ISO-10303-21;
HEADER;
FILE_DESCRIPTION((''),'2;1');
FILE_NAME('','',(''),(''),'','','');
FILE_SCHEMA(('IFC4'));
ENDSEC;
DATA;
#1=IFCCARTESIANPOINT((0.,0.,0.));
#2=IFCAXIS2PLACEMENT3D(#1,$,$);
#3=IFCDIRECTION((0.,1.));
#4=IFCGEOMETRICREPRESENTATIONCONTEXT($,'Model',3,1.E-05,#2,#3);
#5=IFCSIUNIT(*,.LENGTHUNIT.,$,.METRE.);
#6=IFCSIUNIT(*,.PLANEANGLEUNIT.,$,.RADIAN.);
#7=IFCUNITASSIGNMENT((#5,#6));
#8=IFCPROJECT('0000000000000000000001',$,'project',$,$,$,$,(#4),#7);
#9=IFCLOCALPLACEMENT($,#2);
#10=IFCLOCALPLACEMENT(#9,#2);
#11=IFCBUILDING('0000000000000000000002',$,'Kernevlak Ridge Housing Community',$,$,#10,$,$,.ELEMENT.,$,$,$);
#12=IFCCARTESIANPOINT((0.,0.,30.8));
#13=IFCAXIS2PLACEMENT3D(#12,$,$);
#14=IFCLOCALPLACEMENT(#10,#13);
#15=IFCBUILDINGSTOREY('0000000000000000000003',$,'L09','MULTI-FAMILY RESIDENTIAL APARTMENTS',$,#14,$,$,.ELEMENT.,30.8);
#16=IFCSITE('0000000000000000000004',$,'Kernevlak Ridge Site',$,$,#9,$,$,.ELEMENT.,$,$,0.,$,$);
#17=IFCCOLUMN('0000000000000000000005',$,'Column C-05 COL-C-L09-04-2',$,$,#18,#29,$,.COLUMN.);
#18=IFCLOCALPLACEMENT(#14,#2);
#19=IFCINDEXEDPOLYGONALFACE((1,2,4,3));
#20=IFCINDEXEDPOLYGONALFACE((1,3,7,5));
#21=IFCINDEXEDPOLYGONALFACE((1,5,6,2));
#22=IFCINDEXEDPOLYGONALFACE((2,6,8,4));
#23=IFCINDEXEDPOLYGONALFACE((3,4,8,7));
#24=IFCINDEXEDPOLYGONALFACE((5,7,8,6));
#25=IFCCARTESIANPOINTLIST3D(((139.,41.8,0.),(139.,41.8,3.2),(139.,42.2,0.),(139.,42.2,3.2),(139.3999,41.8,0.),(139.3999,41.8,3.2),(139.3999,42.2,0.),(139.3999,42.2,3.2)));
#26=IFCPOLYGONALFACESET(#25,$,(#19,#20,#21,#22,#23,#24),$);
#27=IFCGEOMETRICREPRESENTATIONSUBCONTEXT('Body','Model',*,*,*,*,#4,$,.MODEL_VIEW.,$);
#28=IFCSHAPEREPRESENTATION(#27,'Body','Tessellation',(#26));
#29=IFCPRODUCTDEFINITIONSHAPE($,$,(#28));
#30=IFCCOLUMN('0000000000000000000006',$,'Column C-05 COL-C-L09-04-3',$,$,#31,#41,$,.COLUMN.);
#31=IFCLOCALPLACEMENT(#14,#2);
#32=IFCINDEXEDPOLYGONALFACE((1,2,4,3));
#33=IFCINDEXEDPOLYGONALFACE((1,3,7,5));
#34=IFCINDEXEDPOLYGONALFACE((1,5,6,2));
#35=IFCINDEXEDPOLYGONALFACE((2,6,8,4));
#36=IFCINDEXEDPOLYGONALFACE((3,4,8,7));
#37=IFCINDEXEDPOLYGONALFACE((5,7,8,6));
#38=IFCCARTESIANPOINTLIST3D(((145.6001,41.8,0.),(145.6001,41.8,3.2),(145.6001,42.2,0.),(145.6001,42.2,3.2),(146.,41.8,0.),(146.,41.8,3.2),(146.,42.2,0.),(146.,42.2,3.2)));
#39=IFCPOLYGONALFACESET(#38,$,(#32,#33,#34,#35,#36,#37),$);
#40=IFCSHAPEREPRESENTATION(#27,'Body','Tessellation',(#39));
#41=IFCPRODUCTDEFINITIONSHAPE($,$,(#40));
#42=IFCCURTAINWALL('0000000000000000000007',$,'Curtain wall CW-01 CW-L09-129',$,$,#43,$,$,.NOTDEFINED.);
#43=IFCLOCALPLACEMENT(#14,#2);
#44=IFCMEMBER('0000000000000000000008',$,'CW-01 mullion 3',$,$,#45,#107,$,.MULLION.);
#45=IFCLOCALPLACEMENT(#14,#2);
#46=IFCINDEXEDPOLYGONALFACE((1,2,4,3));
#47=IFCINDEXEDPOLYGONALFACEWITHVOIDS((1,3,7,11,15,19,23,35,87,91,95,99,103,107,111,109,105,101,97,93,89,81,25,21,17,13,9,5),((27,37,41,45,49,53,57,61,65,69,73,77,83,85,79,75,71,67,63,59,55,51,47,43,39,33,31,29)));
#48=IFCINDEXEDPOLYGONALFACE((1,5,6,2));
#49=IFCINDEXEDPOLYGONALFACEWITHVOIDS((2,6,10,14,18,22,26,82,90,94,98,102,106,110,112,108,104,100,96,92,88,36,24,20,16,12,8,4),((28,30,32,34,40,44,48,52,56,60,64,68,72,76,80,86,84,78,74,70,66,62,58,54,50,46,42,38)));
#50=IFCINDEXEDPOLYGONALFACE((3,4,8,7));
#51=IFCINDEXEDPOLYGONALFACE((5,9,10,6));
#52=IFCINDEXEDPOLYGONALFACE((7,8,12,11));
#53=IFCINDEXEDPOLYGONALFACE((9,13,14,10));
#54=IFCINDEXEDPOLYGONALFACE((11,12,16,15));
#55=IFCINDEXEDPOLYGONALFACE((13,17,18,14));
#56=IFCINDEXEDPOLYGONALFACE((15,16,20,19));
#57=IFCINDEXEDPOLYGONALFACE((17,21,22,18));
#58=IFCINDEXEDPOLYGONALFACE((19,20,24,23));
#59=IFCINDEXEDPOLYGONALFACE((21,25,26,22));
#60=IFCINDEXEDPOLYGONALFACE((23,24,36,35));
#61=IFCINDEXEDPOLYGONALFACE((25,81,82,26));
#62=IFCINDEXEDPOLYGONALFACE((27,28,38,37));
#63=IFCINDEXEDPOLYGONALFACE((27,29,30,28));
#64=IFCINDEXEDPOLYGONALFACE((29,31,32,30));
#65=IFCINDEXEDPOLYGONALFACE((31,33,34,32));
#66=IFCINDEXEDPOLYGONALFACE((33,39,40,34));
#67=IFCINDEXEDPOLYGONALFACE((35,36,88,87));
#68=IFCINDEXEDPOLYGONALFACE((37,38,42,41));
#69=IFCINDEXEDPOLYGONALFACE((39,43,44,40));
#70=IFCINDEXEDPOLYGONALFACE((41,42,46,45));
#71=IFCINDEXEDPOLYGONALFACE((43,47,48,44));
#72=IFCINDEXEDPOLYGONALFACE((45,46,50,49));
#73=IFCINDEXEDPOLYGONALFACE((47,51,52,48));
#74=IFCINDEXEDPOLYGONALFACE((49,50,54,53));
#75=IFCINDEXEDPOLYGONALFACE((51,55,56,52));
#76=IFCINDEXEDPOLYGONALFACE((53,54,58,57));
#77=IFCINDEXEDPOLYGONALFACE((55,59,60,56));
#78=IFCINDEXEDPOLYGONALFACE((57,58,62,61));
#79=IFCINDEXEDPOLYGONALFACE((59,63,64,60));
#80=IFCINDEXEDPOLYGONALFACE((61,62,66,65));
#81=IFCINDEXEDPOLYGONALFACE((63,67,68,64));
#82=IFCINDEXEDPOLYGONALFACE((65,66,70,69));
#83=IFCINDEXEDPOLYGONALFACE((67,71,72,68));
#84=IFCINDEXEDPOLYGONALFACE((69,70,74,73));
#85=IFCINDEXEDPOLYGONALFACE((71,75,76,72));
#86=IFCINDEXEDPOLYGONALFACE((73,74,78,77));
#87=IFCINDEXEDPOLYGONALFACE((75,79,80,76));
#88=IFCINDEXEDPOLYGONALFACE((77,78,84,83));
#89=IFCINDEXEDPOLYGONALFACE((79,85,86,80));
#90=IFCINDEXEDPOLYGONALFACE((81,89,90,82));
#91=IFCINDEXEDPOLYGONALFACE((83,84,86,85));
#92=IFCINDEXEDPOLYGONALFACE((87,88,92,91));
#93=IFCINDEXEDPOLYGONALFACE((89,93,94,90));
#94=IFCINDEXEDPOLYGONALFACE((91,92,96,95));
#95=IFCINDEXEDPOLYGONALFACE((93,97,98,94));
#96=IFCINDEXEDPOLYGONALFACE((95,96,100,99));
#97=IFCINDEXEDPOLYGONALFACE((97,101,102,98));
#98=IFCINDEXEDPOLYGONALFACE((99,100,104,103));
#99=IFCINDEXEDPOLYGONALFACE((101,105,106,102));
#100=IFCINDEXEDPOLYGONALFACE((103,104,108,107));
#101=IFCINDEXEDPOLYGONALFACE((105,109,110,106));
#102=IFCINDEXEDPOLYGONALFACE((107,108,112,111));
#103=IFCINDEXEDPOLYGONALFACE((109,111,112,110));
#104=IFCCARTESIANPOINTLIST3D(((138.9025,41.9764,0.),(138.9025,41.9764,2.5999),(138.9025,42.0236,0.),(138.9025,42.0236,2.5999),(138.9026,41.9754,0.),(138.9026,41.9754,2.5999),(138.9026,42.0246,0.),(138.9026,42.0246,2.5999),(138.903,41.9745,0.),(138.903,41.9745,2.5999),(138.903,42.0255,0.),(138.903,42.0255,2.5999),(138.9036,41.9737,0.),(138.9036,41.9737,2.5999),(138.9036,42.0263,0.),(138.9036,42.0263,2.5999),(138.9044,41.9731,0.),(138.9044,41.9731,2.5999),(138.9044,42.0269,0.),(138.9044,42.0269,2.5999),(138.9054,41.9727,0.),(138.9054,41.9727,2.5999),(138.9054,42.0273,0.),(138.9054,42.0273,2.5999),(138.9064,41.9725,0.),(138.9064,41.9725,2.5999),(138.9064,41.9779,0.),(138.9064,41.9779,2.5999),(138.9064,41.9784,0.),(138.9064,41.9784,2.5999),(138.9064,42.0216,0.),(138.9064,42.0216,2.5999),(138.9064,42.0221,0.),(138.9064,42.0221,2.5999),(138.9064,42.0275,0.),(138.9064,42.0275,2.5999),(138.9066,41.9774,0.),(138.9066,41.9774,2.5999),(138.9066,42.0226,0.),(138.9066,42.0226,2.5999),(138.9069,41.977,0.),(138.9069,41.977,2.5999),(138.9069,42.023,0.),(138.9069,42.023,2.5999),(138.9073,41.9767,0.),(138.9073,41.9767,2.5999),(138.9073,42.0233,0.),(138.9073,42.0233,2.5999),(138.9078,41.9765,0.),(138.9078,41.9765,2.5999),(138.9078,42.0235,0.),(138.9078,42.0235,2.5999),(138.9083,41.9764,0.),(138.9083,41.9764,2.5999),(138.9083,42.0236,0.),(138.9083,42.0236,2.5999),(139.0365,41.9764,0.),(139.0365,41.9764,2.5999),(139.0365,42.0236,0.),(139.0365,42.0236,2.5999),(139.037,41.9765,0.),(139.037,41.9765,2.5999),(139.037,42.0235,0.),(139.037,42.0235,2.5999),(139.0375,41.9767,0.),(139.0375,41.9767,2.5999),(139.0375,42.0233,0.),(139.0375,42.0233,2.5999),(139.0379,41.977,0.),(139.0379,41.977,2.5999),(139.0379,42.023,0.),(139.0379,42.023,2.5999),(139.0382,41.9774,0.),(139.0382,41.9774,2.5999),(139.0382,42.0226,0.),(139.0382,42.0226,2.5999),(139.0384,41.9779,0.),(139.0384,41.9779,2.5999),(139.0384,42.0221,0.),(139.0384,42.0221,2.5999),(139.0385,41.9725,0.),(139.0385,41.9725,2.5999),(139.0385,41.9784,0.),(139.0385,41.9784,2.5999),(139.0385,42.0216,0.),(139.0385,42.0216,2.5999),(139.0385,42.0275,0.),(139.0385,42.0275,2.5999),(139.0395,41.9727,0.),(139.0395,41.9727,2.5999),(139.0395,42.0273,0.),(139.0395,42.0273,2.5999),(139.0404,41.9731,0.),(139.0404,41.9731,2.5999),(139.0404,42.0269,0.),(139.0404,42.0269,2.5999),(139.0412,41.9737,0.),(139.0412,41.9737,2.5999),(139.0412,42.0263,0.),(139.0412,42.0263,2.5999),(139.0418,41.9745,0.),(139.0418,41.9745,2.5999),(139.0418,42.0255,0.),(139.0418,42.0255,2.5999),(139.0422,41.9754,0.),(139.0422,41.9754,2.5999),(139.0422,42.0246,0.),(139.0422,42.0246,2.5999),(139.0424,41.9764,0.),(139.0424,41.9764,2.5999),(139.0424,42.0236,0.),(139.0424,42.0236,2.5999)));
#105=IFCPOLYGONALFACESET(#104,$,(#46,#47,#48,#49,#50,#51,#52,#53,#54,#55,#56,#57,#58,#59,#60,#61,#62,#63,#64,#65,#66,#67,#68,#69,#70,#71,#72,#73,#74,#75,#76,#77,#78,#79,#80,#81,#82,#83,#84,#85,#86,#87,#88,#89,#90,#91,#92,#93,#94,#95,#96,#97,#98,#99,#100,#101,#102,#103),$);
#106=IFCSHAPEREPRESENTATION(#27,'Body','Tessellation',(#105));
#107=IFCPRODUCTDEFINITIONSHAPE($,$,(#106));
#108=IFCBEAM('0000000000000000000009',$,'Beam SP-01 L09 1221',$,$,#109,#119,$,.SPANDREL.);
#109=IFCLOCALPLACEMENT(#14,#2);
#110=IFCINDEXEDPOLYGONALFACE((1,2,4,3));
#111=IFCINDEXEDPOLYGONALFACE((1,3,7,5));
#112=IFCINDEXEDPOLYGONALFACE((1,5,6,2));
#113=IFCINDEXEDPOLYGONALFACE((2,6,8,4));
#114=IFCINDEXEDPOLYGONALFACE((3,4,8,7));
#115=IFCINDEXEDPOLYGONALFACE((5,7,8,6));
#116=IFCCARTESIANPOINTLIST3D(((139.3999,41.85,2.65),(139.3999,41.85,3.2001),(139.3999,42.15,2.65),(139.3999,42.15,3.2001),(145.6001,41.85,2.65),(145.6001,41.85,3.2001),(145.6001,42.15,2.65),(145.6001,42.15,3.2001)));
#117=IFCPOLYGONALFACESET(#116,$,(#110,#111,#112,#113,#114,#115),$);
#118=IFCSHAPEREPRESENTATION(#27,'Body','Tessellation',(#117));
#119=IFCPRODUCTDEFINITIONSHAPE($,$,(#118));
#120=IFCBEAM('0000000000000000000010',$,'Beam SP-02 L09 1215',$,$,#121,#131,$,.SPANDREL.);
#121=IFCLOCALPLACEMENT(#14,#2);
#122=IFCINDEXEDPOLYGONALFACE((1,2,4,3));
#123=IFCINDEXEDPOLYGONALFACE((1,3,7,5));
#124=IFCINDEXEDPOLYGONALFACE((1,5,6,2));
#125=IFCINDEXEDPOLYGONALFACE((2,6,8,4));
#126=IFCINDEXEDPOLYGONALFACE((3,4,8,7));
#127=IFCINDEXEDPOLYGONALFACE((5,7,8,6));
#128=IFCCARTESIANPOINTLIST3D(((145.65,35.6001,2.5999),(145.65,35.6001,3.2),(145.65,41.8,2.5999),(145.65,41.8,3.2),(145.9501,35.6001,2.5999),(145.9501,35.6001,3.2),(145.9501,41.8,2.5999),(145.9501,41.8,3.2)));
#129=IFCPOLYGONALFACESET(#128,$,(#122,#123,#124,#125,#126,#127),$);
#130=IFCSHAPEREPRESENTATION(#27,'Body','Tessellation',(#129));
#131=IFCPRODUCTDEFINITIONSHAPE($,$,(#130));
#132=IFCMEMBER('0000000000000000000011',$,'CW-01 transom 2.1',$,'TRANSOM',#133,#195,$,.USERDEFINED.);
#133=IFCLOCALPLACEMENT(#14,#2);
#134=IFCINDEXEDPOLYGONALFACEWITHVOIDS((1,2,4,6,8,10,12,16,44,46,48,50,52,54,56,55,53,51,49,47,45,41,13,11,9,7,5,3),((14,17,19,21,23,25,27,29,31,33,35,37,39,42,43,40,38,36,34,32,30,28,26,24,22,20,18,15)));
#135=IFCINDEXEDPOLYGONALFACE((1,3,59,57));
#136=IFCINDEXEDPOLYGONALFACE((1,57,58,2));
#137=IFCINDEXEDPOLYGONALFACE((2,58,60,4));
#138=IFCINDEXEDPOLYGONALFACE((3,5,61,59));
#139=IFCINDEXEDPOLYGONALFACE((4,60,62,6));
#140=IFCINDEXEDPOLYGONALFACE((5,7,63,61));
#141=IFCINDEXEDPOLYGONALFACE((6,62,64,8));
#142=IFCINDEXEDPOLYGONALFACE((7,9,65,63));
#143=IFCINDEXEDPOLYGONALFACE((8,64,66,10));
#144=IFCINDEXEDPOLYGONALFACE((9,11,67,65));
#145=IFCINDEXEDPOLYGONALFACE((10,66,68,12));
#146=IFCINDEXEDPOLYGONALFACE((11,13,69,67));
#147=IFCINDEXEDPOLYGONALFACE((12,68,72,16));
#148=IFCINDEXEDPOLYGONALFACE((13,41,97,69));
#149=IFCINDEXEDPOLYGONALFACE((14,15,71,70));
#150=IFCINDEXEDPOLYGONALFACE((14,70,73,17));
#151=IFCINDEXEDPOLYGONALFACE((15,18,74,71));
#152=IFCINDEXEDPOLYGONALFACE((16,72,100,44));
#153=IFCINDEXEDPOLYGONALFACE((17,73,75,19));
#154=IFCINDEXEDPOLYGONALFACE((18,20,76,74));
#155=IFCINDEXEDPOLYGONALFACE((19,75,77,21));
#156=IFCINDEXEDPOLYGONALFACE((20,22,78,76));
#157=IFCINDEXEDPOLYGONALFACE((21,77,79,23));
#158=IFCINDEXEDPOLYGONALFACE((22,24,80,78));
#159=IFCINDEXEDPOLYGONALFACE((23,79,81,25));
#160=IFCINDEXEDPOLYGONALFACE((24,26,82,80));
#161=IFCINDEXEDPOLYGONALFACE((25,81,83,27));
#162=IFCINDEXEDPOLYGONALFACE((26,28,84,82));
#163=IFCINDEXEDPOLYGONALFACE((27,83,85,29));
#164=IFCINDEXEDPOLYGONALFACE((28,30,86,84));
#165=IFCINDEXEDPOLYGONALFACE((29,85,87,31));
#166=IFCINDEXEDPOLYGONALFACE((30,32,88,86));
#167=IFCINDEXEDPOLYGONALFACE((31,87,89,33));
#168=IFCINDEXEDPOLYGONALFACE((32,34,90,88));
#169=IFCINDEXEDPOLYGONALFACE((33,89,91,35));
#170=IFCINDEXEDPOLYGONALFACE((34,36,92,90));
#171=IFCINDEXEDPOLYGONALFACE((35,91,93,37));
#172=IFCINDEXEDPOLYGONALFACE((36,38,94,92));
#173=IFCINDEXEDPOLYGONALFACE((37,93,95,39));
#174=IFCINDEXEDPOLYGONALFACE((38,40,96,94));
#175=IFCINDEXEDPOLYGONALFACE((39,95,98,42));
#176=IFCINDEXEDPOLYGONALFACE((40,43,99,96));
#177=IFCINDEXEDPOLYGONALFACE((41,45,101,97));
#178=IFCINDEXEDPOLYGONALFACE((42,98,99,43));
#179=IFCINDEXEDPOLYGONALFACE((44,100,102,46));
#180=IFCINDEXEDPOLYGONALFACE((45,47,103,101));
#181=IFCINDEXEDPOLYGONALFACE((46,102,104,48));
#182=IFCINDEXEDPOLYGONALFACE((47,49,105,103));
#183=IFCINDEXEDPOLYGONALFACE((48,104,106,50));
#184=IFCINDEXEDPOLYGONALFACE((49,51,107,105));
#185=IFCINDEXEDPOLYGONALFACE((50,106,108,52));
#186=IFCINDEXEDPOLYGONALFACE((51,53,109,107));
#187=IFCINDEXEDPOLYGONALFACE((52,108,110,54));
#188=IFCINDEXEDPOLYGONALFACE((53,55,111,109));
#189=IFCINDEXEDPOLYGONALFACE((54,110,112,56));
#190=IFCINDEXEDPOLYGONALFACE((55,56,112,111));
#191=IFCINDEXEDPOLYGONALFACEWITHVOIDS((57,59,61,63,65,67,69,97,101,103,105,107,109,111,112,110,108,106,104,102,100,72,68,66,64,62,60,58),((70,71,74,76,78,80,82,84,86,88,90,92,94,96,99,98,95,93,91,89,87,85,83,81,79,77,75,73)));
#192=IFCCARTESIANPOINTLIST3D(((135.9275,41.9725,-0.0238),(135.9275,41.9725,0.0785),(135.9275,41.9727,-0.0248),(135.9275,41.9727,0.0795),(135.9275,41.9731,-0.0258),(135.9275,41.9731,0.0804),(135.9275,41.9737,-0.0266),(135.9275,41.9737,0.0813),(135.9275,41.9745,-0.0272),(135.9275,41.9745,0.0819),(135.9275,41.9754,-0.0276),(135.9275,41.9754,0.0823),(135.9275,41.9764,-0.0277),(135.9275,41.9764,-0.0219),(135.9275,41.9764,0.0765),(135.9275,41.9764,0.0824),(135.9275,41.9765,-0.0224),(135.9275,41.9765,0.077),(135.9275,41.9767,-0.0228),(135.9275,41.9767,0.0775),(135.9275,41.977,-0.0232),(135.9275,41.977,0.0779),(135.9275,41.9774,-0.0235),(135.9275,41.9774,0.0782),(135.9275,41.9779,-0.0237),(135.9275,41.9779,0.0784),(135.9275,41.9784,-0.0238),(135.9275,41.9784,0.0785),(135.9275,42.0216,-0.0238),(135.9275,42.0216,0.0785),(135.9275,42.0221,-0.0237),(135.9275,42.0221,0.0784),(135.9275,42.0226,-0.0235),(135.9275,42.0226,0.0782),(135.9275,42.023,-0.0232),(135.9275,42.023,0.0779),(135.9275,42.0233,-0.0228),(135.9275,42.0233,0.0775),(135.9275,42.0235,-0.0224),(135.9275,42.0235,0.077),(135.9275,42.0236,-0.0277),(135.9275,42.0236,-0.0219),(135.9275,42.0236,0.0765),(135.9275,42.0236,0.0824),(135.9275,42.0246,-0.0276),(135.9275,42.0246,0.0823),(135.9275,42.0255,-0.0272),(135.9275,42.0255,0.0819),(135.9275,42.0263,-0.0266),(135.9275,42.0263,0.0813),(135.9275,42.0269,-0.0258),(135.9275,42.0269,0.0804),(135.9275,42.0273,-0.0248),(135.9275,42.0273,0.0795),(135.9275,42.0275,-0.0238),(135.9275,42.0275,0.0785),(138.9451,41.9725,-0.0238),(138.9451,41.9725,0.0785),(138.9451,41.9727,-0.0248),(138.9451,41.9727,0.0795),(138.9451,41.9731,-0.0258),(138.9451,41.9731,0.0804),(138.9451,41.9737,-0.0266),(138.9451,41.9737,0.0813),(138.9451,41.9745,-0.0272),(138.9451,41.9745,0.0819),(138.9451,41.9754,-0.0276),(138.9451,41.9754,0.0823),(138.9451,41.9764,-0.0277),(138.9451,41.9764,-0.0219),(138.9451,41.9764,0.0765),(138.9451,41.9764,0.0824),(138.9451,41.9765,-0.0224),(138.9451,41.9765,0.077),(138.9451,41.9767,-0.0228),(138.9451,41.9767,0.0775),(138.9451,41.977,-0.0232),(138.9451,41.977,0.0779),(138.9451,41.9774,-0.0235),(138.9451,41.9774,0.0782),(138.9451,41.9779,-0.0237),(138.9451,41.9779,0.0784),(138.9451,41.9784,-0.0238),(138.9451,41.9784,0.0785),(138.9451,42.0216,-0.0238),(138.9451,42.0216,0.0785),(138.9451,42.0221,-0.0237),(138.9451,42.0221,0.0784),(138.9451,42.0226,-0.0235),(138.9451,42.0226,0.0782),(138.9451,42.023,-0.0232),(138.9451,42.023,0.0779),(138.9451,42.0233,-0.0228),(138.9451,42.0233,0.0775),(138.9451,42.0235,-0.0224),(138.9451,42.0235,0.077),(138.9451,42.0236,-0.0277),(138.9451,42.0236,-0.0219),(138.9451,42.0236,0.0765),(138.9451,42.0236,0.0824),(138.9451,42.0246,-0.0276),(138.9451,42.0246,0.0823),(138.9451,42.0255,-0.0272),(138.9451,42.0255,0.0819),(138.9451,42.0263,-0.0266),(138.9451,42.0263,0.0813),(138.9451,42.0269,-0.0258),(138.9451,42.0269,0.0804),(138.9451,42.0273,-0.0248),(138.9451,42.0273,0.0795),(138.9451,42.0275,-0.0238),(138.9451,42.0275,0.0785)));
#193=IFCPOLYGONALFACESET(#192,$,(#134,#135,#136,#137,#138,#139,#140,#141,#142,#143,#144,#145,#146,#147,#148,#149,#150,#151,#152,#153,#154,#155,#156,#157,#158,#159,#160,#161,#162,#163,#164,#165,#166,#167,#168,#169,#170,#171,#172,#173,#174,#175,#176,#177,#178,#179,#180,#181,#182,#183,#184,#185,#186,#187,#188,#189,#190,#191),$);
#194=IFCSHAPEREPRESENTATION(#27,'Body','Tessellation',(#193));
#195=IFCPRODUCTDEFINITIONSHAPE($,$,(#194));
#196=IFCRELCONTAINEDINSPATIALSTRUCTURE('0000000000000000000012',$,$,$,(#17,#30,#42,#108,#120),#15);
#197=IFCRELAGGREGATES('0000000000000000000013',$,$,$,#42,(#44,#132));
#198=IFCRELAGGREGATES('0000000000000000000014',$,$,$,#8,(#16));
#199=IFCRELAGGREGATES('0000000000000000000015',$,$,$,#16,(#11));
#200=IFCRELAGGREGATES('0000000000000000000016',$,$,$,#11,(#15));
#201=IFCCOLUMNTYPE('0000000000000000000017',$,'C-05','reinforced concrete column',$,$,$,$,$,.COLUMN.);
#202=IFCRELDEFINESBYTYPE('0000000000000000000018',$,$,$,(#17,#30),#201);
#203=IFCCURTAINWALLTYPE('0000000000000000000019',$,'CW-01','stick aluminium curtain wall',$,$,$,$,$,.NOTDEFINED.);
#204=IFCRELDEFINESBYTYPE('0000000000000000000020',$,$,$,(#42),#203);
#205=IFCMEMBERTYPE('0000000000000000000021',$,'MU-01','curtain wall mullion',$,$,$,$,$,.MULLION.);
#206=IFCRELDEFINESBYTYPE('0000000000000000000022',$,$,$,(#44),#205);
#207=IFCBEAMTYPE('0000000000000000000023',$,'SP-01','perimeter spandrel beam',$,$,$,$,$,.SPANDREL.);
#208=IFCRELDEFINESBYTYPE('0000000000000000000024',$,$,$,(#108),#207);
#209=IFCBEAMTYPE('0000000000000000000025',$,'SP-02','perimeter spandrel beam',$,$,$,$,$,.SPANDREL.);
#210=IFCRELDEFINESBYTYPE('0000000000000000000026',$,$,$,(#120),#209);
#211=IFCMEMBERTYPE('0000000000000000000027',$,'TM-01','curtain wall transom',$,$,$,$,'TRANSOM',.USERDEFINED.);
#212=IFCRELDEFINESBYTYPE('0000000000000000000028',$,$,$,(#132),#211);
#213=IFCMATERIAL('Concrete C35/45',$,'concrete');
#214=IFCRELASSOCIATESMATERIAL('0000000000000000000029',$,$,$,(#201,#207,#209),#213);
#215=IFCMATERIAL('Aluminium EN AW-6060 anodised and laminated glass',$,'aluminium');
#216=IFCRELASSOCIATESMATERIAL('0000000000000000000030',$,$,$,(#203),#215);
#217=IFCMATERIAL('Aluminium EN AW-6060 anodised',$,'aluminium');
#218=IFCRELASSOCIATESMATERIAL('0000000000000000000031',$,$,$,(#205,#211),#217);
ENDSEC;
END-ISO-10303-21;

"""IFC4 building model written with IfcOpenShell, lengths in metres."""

from ifc_helpers import new_model, si_unit, direction, frame, origin, origin_2d, place, context, subcontext, project, spatial, rectangle, hollow_rectangle, extrude, material, material_profile, profile_set, type_object, element, aggregate, save


model = new_model("IFC4")

# Units and contexts
model_context = context("Model", 3, precision=1e-05, world=origin(), true_north=direction((0.0, 1.0)))
body_context = subcontext(model_context, "Body", "Model", "MODEL_VIEW")
ifc_project = project(units=[si_unit("LENGTHUNIT", "METRE"), si_unit("PLANEANGLEUNIT", "RADIAN")], contexts=[model_context])

# Site, building, storey
site_placement = place(None, origin())
site = spatial("IfcSite", under=ifc_project, at=site_placement, Name="Kernevlak Ridge Site", CompositionType="ELEMENT", RefElevation=0.0)
building_placement = place(site_placement, origin())
building = spatial("IfcBuilding", under=site, at=building_placement, Name="Kernevlak Ridge Housing Community", CompositionType="ELEMENT")
storey_placement = place(building_placement, frame((0.0, 0.0, 30.8)))
storey = spatial("IfcBuildingStorey", under=building, at=storey_placement, Name="L09", Description="MULTI-FAMILY RESIDENTIAL APARTMENTS", CompositionType="ELEMENT", Elevation=30.8)

# Columns
ifc_material_1 = material(Name="Concrete C35/45", Category="concrete")
ifc_material_profile_1 = material_profile(ifc_material_1, rectangle(XDim=0.3999, YDim=0.3999, at=origin_2d()), Name="RC 400x400")
ifc_profile_set_1 = profile_set([ifc_material_profile_1], Name="Concrete C35/45")
column_type = type_object("IfcColumnType", Name="C-05", Description="reinforced concrete column", PredefinedType="COLUMN", material=ifc_profile_set_1)
for number, where, z_axis, x_axis, name in (
    (1, (139.2, 42.0, 0.0), (0.0, 0.0, 1.0), (1.0, 0.0, 0.0), "Column C-05 COL-C-L09-04-2"),
    (2, (145.8, 42.0, 0.0), (0.0, 0.0, 1.0), (1.0, 0.0, 0.0), "Column C-05 COL-C-L09-04-3"),
):
    element("IfcColumn", number, at=place(storey_placement, frame(where, z_axis=z_axis, x_axis=x_axis)), inside=storey, type_object=column_type, Name=name, PredefinedType="COLUMN", context=body_context, shape_type="SweptSolid", body=[
        extrude(rectangle(XDim=0.3999, YDim=0.3999, at=origin_2d()), origin(), (0.0, 0.0, 1.0), 3.2),
    ])

# Curtain wall, member
ifc_material_2 = material(Name="Aluminium EN AW-6060 anodised and laminated glass", Category="aluminium")
curtain_wall_type = type_object("IfcCurtainWallType", Name="CW-01", Description="stick aluminium curtain wall", PredefinedType="NOTDEFINED", material=ifc_material_2)
curtain_wall_placement = place(storey_placement, origin())
curtain_wall = element("IfcCurtainWall", 3, at=curtain_wall_placement, inside=storey, type_object=curtain_wall_type, Name="Curtain wall CW-01 CW-L09-129", PredefinedType="NOTDEFINED")
ifc_material_3 = material(Name="Aluminium EN AW-6060 anodised", Category="aluminium")
ifc_material_profile_2 = material_profile(ifc_material_3, hollow_rectangle(XDim=0.0549, YDim=0.1399, WallThickness=0.0039, InnerFilletRadius=0.002, OuterFilletRadius=0.0039, at=origin_2d()), Name="ALU 55x140x4")
ifc_profile_set_2 = profile_set([ifc_material_profile_2], Name="Aluminium EN AW-6060 anodised")
member_type_1 = type_object("IfcMemberType", Name="MU-01", Description="curtain wall mullion", PredefinedType="MULLION", material=ifc_profile_set_2)
member_1_placement = place(storey_placement, frame((138.9724, 42.0, 0.0), z_axis=(0.0, 0.0, 1.0), x_axis=(0.0, 1.0, 0.0)))
member_1 = element("IfcMember", 4, at=member_1_placement, type_object=member_type_1, Name="CW-01 mullion 3", PredefinedType="MULLION", context=body_context, shape_type="SweptSolid", body=[
    extrude(hollow_rectangle(XDim=0.0549, YDim=0.1399, WallThickness=0.0039, InnerFilletRadius=0.002, OuterFilletRadius=0.0039, at=origin_2d()), origin(), (0.0, 0.0, 1.0), 2.5999),
])

# Beams
ifc_material_profile_3 = material_profile(ifc_material_1, rectangle(XDim=0.3, YDim=0.55, at=origin_2d()), Name="RC 300x550")
ifc_profile_set_3 = profile_set([ifc_material_profile_3], Name="Concrete C35/45")
beam_type_1 = type_object("IfcBeamType", Name="SP-01", Description="perimeter spandrel beam", PredefinedType="SPANDREL", material=ifc_profile_set_3)
beam_1_placement = place(storey_placement, frame((139.3999, 42.0, 2.925), z_axis=(1.0, 0.0, 0.0), x_axis=(0.0, 1.0, 0.0)))
element("IfcBeam", 5, at=beam_1_placement, inside=storey, type_object=beam_type_1, Name="Beam SP-01 L09 1221", PredefinedType="SPANDREL", context=body_context, shape_type="SweptSolid", body=[
    extrude(rectangle(XDim=0.3, YDim=0.55, at=origin_2d()), origin(), (0.0, 0.0, 1.0), 6.2002),
])
ifc_material_profile_4 = material_profile(ifc_material_1, rectangle(XDim=0.3, YDim=0.6001, at=origin_2d()), Name="RC 300x600")
ifc_profile_set_4 = profile_set([ifc_material_profile_4], Name="Concrete C35/45")
beam_type_2 = type_object("IfcBeamType", Name="SP-02", Description="perimeter spandrel beam", PredefinedType="SPANDREL", material=ifc_profile_set_4)
beam_2_placement = place(storey_placement, frame((145.8, 35.6001, 2.8999), z_axis=(0.0, 1.0, 0.0), x_axis=(-1.0, 0.0, 0.0)))
element("IfcBeam", 6, at=beam_2_placement, inside=storey, type_object=beam_type_2, Name="Beam SP-02 L09 1215", PredefinedType="SPANDREL", context=body_context, shape_type="SweptSolid", body=[
    extrude(rectangle(XDim=0.3, YDim=0.6001, at=origin_2d()), origin(), (0.0, 0.0, 1.0), 6.2),
])

# Member
ifc_material_profile_5 = material_profile(ifc_material_3, hollow_rectangle(XDim=0.0549, YDim=0.1101, WallThickness=0.0039, InnerFilletRadius=0.002, OuterFilletRadius=0.0039, at=origin_2d()), Name="ALU 55x110x4")
ifc_profile_set_5 = profile_set([ifc_material_profile_5], Name="Aluminium EN AW-6060 anodised")
member_type_2 = type_object("IfcMemberType", Name="TM-01", Description="curtain wall transom", ElementType="TRANSOM", PredefinedType="USERDEFINED", material=ifc_profile_set_5)
member_2_placement = place(storey_placement, frame((135.9275, 42.0, 0.0273), z_axis=(1.0, 0.0, 0.0), x_axis=(0.0, 1.0, 0.0)))
member_2 = element("IfcMember", 7, at=member_2_placement, type_object=member_type_2, Name="CW-01 transom 2.1", ObjectType="TRANSOM", PredefinedType="USERDEFINED", context=body_context, shape_type="SweptSolid", body=[
    extrude(hollow_rectangle(XDim=0.0549, YDim=0.1101, WallThickness=0.0039, InnerFilletRadius=0.002, OuterFilletRadius=0.0039, at=origin_2d()), origin(), (0.0, 0.0, 1.0), 3.0176),
])

aggregate(curtain_wall, [member_1, member_2])

save(model, "model.ifc")
